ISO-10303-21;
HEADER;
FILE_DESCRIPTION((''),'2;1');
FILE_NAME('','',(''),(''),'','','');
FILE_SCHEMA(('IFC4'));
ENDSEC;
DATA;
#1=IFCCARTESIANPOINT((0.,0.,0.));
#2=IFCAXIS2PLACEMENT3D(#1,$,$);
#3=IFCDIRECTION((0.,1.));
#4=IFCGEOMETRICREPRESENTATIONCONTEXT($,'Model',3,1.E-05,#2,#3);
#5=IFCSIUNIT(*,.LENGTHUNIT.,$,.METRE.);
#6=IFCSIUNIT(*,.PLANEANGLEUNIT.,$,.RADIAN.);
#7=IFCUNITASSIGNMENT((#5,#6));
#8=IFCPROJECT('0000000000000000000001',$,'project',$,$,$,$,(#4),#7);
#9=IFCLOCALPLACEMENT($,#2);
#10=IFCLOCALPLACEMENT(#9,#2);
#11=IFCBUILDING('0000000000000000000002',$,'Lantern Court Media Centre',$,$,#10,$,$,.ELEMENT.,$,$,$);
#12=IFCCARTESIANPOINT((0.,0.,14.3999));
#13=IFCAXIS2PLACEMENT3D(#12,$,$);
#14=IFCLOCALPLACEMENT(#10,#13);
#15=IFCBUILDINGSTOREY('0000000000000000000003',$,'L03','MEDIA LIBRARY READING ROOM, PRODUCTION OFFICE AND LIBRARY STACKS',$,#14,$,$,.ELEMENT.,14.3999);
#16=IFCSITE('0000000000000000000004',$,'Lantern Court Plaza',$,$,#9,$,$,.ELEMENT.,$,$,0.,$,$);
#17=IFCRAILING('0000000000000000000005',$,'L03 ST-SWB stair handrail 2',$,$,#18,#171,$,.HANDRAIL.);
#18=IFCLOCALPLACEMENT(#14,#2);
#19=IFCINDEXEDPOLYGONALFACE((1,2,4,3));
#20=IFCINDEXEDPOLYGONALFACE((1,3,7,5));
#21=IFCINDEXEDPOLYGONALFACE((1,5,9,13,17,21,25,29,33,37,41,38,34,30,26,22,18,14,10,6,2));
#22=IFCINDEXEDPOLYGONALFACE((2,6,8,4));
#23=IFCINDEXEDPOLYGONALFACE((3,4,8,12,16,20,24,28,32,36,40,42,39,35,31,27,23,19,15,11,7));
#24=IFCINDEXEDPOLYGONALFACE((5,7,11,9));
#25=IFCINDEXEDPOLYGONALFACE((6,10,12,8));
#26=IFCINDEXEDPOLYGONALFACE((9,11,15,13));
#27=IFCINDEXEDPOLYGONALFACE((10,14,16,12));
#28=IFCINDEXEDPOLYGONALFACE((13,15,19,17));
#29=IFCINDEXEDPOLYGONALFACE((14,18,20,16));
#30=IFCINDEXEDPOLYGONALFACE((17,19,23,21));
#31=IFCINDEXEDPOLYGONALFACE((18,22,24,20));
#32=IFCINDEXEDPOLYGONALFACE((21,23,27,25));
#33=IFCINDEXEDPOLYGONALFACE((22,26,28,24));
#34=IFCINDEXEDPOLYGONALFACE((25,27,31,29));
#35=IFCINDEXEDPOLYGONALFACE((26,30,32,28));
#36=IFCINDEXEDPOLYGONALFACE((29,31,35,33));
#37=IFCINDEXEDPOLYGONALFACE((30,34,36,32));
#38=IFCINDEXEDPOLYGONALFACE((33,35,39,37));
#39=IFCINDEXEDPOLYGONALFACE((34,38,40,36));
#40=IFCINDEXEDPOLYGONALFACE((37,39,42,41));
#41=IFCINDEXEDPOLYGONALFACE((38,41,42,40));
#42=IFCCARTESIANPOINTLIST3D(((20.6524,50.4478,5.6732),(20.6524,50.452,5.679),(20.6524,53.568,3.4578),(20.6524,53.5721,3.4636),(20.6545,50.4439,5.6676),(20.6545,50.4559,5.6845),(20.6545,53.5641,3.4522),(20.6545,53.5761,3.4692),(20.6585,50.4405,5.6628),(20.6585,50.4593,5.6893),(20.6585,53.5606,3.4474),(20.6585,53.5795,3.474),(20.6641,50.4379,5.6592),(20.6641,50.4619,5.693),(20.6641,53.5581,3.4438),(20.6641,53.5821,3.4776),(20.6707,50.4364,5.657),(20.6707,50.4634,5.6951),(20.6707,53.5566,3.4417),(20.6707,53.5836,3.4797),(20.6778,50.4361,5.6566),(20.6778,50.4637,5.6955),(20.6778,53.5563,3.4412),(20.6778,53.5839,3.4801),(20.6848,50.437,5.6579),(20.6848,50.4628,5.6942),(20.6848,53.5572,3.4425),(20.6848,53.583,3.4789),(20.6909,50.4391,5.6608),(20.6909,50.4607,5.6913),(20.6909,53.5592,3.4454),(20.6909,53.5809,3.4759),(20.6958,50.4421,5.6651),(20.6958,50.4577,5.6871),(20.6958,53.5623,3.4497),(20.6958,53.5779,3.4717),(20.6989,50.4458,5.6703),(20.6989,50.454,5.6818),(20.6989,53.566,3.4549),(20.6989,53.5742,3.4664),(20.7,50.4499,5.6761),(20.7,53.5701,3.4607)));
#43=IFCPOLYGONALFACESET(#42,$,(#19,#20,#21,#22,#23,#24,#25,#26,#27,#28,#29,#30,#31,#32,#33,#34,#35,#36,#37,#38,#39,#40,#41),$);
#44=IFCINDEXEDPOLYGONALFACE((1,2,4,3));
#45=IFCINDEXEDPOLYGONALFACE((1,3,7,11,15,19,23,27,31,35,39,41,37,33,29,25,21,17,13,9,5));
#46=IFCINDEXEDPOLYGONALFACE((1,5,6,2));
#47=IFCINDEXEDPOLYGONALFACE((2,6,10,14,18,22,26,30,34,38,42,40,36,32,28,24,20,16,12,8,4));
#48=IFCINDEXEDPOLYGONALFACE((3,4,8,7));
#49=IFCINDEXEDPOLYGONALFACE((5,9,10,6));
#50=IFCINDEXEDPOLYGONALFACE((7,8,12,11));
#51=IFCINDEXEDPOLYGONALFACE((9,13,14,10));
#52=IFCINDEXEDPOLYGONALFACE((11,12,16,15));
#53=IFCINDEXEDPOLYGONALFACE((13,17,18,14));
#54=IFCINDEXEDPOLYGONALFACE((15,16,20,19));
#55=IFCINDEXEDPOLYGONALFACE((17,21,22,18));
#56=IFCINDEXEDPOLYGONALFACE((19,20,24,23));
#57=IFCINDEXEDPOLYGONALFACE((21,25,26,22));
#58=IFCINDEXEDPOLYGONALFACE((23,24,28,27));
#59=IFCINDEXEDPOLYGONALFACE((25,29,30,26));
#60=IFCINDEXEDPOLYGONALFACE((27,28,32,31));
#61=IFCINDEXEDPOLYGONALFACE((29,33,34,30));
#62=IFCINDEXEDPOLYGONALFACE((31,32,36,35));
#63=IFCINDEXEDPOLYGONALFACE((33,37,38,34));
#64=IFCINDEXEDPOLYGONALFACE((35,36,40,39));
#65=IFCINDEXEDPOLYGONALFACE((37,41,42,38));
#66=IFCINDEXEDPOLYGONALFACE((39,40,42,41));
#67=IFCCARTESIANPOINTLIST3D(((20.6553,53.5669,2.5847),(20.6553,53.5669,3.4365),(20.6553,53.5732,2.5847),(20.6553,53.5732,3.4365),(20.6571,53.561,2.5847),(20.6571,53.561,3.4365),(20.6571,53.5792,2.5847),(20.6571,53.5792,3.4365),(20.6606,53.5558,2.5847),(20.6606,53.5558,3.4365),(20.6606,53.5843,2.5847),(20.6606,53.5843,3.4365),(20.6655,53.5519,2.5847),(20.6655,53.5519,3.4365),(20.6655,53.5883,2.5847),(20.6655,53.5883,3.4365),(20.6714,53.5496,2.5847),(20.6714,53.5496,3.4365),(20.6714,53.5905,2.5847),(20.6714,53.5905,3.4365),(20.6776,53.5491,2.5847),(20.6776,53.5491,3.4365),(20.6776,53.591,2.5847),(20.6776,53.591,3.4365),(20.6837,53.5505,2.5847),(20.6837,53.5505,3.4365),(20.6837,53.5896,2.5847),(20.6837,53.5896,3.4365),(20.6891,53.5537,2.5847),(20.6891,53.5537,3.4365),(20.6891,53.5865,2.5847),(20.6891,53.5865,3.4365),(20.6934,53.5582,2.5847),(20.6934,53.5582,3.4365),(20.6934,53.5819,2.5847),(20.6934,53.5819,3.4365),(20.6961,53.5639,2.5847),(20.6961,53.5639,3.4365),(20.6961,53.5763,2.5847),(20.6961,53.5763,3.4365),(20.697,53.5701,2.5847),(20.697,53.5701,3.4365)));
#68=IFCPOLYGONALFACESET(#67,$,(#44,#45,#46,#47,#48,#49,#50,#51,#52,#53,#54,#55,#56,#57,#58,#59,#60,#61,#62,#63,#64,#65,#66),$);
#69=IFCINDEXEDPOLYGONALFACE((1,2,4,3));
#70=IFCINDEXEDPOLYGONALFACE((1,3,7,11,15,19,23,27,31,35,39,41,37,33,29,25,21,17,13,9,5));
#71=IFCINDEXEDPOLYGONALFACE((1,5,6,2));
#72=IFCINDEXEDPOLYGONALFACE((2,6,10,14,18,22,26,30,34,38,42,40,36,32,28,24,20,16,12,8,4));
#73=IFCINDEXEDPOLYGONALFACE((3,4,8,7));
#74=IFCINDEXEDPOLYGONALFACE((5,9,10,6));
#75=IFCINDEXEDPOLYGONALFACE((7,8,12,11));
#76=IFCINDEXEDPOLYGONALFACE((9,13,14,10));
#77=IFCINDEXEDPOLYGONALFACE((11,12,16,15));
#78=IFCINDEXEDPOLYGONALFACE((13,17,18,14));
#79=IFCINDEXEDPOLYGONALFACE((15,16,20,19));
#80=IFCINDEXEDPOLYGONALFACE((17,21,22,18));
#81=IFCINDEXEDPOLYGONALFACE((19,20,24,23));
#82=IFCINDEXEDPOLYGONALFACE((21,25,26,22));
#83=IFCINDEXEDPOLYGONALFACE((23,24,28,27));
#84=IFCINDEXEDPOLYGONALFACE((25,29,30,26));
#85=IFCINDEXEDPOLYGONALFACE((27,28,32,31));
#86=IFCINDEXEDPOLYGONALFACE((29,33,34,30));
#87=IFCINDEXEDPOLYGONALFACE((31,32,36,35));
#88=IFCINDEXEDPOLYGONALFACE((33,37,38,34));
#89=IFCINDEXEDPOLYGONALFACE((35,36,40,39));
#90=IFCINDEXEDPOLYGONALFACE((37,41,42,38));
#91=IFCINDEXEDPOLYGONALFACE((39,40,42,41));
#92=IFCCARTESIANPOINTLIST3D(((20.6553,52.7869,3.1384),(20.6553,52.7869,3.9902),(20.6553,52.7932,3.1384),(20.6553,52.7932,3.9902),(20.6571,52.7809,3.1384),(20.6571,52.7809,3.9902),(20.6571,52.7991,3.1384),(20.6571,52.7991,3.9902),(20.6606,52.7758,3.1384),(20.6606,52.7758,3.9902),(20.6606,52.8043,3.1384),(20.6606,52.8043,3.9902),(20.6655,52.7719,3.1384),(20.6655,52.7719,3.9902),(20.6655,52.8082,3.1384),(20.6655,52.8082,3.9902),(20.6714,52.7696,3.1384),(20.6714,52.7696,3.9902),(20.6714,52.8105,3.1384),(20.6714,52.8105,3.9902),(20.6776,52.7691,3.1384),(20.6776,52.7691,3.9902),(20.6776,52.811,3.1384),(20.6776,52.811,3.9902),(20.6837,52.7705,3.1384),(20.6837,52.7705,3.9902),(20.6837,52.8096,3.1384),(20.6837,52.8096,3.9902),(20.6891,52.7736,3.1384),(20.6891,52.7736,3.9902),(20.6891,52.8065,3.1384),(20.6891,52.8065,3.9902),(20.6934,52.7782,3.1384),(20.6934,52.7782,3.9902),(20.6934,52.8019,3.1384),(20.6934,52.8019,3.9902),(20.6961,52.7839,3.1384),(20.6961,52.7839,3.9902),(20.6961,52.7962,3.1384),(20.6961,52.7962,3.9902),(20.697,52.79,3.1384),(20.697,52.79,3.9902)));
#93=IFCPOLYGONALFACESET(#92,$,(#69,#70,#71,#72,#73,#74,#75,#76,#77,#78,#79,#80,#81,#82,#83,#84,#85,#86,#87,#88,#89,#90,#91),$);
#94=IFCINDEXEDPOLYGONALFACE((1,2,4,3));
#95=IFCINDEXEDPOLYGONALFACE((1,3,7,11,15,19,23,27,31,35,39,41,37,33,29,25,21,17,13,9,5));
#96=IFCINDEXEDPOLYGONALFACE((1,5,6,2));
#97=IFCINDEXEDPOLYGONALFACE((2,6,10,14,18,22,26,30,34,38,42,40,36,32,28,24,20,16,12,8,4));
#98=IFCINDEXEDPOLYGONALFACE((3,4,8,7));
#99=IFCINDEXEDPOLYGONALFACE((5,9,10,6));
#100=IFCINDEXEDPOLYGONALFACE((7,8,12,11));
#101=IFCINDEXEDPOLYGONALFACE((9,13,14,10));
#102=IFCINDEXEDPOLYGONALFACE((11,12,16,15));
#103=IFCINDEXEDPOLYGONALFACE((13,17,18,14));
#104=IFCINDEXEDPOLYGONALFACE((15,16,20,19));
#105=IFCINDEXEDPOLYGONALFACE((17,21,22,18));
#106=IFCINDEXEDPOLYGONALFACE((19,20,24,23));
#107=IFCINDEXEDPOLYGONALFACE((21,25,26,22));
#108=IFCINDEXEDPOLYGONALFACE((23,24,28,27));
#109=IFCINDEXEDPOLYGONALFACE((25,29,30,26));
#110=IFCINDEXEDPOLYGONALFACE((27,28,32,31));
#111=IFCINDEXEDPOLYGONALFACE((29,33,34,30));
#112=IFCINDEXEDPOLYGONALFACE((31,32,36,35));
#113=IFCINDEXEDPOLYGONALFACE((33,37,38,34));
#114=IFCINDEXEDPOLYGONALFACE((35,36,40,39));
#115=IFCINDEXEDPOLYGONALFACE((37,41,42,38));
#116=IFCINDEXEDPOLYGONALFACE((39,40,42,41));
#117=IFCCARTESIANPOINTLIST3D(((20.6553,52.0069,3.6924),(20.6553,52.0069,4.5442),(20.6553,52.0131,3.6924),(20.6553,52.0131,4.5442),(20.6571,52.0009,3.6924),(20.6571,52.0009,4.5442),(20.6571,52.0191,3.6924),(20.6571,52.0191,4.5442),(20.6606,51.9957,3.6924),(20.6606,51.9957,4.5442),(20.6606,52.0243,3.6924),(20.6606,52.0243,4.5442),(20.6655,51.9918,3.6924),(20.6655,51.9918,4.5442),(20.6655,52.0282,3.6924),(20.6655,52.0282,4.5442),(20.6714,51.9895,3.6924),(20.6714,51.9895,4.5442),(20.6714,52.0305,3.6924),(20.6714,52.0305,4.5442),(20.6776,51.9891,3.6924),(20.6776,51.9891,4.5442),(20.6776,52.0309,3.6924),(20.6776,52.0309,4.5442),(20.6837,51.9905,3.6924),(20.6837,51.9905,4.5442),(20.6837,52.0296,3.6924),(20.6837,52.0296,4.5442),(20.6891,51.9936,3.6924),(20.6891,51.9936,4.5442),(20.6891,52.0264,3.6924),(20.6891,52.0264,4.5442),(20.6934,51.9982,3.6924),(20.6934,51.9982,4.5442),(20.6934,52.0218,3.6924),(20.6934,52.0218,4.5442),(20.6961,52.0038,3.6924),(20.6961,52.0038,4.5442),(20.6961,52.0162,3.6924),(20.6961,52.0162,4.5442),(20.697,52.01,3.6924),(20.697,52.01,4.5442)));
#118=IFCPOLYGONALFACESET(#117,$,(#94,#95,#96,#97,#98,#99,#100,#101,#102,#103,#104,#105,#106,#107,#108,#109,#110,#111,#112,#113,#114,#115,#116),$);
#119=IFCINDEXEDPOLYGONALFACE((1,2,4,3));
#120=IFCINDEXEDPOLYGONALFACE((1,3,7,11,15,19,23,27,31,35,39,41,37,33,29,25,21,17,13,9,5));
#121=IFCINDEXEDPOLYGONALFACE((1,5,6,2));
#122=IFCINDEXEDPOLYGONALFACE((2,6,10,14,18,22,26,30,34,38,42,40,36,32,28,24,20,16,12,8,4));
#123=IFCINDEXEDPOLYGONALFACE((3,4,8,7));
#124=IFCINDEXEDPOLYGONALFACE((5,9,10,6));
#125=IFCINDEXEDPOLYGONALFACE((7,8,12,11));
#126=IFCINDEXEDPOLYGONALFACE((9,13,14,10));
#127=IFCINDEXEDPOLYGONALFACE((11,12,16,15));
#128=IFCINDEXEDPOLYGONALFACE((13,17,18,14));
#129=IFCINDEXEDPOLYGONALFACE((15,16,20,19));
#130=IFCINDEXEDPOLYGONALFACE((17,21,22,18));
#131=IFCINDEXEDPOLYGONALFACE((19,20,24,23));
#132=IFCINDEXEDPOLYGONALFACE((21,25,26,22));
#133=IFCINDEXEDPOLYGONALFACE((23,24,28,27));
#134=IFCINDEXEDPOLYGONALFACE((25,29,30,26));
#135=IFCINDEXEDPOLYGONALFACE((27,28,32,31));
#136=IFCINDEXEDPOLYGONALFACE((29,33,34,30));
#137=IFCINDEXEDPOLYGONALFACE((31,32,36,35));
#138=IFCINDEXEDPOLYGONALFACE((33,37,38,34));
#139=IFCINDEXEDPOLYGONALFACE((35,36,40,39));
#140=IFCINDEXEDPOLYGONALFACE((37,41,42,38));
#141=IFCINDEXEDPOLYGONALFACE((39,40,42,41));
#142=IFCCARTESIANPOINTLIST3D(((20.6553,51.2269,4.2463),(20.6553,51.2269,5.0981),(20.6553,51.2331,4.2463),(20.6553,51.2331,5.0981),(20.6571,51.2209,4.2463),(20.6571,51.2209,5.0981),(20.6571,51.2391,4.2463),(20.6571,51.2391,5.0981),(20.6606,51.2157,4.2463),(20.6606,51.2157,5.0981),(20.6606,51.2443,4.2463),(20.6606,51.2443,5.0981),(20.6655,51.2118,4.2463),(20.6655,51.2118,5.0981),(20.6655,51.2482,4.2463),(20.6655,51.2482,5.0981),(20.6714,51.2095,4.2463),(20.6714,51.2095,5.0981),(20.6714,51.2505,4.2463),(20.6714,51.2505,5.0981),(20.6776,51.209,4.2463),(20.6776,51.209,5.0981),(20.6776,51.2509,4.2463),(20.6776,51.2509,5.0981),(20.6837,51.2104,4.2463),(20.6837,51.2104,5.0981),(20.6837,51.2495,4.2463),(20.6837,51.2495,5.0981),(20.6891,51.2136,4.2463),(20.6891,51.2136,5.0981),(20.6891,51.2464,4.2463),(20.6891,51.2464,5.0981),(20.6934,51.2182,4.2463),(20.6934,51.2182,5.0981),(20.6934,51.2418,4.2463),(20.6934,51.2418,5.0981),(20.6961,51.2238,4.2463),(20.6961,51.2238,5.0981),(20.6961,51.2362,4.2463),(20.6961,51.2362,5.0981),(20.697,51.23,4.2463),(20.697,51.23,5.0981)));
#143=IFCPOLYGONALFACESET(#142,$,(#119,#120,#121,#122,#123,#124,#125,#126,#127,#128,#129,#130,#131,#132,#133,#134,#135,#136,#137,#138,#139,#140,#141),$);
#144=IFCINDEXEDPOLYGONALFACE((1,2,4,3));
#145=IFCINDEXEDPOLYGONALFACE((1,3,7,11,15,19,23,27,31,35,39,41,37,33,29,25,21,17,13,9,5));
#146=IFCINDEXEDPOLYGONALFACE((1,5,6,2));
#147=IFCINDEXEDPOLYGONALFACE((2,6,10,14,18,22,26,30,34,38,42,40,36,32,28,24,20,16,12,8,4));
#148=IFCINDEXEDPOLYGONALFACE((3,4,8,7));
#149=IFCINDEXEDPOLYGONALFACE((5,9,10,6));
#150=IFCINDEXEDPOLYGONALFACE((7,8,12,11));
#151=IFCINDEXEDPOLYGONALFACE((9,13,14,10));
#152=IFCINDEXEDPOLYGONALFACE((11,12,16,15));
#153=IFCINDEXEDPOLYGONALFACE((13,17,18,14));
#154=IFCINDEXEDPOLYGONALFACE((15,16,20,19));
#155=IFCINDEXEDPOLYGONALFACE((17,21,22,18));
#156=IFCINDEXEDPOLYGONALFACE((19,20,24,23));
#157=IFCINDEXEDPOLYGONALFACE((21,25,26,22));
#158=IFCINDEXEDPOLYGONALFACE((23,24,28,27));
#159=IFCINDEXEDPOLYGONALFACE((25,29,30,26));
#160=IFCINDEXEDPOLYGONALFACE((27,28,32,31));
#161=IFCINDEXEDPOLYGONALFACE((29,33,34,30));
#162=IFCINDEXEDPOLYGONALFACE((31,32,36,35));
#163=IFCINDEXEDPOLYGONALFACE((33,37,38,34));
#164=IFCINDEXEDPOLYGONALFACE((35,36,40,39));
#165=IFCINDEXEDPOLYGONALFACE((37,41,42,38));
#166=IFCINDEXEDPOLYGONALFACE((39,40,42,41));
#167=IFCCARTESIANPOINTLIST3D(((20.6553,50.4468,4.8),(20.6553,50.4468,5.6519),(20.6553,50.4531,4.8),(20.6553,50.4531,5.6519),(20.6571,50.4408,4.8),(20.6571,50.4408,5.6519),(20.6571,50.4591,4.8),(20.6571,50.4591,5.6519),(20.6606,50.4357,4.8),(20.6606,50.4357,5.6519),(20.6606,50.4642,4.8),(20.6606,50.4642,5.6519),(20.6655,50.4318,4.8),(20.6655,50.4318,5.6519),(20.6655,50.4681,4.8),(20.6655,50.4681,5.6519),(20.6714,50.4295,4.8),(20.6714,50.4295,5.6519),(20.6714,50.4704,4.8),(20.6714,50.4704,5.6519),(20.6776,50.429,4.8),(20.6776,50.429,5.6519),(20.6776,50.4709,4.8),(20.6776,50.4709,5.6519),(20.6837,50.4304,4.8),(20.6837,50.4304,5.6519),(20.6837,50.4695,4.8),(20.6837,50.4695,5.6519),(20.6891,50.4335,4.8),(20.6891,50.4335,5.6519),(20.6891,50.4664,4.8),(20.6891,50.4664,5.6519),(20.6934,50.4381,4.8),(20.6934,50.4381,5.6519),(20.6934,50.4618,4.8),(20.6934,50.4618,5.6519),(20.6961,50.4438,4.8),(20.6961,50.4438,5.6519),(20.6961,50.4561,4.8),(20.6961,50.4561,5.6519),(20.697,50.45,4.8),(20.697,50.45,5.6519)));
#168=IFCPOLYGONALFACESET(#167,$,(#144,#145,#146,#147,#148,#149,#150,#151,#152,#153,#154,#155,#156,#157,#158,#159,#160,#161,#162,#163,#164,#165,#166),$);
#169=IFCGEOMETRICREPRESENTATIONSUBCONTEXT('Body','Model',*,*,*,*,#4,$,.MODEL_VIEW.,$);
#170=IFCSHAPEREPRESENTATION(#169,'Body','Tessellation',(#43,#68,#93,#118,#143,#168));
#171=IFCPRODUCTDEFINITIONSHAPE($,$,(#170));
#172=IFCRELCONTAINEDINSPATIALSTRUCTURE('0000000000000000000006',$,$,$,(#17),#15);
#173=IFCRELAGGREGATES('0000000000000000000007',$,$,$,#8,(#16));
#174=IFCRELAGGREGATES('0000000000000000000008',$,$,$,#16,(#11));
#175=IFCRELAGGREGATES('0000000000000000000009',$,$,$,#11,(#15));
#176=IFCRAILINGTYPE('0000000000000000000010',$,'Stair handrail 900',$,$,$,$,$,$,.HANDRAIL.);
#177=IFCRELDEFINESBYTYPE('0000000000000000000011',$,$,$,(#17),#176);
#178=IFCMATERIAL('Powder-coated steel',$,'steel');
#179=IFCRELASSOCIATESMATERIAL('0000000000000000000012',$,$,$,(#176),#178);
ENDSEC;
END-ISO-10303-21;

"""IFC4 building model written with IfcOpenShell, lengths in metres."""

from ifc_helpers import new_model, si_unit, direction, frame, origin, origin_2d, place, context, subcontext, project, spatial, circle, extrude, material, type_object, element, save


model = new_model("IFC4")

# Units and contexts
model_context = context("Model", 3, precision=1e-05, world=origin(), true_north=direction((0.0, 1.0)))
body_context = subcontext(model_context, "Body", "Model", "MODEL_VIEW")
ifc_project = project(units=[si_unit("LENGTHUNIT", "METRE"), si_unit("PLANEANGLEUNIT", "RADIAN")], contexts=[model_context])

# Site, building, storey
site_placement = place(None, origin())
site = spatial("IfcSite", under=ifc_project, at=site_placement, Name="Lantern Court Plaza", CompositionType="ELEMENT", RefElevation=0.0)
building_placement = place(site_placement, origin())
building = spatial("IfcBuilding", under=site, at=building_placement, Name="Lantern Court Media Centre", CompositionType="ELEMENT")
storey_placement = place(building_placement, frame((0.0, 0.0, 14.3999)))
storey = spatial("IfcBuildingStorey", under=building, at=storey_placement, Name="L03", Description="MEDIA LIBRARY READING ROOM, PRODUCTION OFFICE AND LIBRARY STACKS", CompositionType="ELEMENT", Elevation=14.3999)

# Railing
ifc_material_1 = material(Name="Powder-coated steel", Category="steel")
railing_type_1 = type_object("IfcRailingType", Name="Stair handrail 900", PredefinedType="HANDRAIL", material=ifc_material_1)
railing_1_placement = place(storey_placement, frame((20.676, 53.5701, 2.5847)))
element("IfcRailing", 1, at=railing_1_placement, inside=storey, type_object=railing_type_1, Name="L03 ST-SWB stair handrail 2", PredefinedType="HANDRAIL", context=body_context, shape_type="SweptSolid", body=[
    extrude(circle(Radius=0.0239, at=origin_2d()), frame((0.0, 0.0, 0.876), z_axis=(0.0, -0.815377, 0.57893), x_axis=(1.0, 0.0, 0.0)), (0.0, 0.0, 1.0), 3.8267),
    extrude(circle(Radius=0.021, at=origin_2d()), origin(), (0.0, 0.0, 1.0), 0.8518),
    extrude(circle(Radius=0.021, at=origin_2d()), frame((0.0, -0.78, 0.5537)), (0.0, 0.0, 1.0), 0.8518),
    extrude(circle(Radius=0.021, at=origin_2d()), frame((0.0, -1.5601, 1.1077)), (0.0, 0.0, 1.0), 0.8518),
    extrude(circle(Radius=0.021, at=origin_2d()), frame((0.0, -2.3401, 1.6616)), (0.0, 0.0, 1.0), 0.8518),
    extrude(circle(Radius=0.021, at=origin_2d()), frame((0.0, -3.1201, 2.2153)), (0.0, 0.0, 1.0), 0.8518),
])

save(model, "model.ifc")
